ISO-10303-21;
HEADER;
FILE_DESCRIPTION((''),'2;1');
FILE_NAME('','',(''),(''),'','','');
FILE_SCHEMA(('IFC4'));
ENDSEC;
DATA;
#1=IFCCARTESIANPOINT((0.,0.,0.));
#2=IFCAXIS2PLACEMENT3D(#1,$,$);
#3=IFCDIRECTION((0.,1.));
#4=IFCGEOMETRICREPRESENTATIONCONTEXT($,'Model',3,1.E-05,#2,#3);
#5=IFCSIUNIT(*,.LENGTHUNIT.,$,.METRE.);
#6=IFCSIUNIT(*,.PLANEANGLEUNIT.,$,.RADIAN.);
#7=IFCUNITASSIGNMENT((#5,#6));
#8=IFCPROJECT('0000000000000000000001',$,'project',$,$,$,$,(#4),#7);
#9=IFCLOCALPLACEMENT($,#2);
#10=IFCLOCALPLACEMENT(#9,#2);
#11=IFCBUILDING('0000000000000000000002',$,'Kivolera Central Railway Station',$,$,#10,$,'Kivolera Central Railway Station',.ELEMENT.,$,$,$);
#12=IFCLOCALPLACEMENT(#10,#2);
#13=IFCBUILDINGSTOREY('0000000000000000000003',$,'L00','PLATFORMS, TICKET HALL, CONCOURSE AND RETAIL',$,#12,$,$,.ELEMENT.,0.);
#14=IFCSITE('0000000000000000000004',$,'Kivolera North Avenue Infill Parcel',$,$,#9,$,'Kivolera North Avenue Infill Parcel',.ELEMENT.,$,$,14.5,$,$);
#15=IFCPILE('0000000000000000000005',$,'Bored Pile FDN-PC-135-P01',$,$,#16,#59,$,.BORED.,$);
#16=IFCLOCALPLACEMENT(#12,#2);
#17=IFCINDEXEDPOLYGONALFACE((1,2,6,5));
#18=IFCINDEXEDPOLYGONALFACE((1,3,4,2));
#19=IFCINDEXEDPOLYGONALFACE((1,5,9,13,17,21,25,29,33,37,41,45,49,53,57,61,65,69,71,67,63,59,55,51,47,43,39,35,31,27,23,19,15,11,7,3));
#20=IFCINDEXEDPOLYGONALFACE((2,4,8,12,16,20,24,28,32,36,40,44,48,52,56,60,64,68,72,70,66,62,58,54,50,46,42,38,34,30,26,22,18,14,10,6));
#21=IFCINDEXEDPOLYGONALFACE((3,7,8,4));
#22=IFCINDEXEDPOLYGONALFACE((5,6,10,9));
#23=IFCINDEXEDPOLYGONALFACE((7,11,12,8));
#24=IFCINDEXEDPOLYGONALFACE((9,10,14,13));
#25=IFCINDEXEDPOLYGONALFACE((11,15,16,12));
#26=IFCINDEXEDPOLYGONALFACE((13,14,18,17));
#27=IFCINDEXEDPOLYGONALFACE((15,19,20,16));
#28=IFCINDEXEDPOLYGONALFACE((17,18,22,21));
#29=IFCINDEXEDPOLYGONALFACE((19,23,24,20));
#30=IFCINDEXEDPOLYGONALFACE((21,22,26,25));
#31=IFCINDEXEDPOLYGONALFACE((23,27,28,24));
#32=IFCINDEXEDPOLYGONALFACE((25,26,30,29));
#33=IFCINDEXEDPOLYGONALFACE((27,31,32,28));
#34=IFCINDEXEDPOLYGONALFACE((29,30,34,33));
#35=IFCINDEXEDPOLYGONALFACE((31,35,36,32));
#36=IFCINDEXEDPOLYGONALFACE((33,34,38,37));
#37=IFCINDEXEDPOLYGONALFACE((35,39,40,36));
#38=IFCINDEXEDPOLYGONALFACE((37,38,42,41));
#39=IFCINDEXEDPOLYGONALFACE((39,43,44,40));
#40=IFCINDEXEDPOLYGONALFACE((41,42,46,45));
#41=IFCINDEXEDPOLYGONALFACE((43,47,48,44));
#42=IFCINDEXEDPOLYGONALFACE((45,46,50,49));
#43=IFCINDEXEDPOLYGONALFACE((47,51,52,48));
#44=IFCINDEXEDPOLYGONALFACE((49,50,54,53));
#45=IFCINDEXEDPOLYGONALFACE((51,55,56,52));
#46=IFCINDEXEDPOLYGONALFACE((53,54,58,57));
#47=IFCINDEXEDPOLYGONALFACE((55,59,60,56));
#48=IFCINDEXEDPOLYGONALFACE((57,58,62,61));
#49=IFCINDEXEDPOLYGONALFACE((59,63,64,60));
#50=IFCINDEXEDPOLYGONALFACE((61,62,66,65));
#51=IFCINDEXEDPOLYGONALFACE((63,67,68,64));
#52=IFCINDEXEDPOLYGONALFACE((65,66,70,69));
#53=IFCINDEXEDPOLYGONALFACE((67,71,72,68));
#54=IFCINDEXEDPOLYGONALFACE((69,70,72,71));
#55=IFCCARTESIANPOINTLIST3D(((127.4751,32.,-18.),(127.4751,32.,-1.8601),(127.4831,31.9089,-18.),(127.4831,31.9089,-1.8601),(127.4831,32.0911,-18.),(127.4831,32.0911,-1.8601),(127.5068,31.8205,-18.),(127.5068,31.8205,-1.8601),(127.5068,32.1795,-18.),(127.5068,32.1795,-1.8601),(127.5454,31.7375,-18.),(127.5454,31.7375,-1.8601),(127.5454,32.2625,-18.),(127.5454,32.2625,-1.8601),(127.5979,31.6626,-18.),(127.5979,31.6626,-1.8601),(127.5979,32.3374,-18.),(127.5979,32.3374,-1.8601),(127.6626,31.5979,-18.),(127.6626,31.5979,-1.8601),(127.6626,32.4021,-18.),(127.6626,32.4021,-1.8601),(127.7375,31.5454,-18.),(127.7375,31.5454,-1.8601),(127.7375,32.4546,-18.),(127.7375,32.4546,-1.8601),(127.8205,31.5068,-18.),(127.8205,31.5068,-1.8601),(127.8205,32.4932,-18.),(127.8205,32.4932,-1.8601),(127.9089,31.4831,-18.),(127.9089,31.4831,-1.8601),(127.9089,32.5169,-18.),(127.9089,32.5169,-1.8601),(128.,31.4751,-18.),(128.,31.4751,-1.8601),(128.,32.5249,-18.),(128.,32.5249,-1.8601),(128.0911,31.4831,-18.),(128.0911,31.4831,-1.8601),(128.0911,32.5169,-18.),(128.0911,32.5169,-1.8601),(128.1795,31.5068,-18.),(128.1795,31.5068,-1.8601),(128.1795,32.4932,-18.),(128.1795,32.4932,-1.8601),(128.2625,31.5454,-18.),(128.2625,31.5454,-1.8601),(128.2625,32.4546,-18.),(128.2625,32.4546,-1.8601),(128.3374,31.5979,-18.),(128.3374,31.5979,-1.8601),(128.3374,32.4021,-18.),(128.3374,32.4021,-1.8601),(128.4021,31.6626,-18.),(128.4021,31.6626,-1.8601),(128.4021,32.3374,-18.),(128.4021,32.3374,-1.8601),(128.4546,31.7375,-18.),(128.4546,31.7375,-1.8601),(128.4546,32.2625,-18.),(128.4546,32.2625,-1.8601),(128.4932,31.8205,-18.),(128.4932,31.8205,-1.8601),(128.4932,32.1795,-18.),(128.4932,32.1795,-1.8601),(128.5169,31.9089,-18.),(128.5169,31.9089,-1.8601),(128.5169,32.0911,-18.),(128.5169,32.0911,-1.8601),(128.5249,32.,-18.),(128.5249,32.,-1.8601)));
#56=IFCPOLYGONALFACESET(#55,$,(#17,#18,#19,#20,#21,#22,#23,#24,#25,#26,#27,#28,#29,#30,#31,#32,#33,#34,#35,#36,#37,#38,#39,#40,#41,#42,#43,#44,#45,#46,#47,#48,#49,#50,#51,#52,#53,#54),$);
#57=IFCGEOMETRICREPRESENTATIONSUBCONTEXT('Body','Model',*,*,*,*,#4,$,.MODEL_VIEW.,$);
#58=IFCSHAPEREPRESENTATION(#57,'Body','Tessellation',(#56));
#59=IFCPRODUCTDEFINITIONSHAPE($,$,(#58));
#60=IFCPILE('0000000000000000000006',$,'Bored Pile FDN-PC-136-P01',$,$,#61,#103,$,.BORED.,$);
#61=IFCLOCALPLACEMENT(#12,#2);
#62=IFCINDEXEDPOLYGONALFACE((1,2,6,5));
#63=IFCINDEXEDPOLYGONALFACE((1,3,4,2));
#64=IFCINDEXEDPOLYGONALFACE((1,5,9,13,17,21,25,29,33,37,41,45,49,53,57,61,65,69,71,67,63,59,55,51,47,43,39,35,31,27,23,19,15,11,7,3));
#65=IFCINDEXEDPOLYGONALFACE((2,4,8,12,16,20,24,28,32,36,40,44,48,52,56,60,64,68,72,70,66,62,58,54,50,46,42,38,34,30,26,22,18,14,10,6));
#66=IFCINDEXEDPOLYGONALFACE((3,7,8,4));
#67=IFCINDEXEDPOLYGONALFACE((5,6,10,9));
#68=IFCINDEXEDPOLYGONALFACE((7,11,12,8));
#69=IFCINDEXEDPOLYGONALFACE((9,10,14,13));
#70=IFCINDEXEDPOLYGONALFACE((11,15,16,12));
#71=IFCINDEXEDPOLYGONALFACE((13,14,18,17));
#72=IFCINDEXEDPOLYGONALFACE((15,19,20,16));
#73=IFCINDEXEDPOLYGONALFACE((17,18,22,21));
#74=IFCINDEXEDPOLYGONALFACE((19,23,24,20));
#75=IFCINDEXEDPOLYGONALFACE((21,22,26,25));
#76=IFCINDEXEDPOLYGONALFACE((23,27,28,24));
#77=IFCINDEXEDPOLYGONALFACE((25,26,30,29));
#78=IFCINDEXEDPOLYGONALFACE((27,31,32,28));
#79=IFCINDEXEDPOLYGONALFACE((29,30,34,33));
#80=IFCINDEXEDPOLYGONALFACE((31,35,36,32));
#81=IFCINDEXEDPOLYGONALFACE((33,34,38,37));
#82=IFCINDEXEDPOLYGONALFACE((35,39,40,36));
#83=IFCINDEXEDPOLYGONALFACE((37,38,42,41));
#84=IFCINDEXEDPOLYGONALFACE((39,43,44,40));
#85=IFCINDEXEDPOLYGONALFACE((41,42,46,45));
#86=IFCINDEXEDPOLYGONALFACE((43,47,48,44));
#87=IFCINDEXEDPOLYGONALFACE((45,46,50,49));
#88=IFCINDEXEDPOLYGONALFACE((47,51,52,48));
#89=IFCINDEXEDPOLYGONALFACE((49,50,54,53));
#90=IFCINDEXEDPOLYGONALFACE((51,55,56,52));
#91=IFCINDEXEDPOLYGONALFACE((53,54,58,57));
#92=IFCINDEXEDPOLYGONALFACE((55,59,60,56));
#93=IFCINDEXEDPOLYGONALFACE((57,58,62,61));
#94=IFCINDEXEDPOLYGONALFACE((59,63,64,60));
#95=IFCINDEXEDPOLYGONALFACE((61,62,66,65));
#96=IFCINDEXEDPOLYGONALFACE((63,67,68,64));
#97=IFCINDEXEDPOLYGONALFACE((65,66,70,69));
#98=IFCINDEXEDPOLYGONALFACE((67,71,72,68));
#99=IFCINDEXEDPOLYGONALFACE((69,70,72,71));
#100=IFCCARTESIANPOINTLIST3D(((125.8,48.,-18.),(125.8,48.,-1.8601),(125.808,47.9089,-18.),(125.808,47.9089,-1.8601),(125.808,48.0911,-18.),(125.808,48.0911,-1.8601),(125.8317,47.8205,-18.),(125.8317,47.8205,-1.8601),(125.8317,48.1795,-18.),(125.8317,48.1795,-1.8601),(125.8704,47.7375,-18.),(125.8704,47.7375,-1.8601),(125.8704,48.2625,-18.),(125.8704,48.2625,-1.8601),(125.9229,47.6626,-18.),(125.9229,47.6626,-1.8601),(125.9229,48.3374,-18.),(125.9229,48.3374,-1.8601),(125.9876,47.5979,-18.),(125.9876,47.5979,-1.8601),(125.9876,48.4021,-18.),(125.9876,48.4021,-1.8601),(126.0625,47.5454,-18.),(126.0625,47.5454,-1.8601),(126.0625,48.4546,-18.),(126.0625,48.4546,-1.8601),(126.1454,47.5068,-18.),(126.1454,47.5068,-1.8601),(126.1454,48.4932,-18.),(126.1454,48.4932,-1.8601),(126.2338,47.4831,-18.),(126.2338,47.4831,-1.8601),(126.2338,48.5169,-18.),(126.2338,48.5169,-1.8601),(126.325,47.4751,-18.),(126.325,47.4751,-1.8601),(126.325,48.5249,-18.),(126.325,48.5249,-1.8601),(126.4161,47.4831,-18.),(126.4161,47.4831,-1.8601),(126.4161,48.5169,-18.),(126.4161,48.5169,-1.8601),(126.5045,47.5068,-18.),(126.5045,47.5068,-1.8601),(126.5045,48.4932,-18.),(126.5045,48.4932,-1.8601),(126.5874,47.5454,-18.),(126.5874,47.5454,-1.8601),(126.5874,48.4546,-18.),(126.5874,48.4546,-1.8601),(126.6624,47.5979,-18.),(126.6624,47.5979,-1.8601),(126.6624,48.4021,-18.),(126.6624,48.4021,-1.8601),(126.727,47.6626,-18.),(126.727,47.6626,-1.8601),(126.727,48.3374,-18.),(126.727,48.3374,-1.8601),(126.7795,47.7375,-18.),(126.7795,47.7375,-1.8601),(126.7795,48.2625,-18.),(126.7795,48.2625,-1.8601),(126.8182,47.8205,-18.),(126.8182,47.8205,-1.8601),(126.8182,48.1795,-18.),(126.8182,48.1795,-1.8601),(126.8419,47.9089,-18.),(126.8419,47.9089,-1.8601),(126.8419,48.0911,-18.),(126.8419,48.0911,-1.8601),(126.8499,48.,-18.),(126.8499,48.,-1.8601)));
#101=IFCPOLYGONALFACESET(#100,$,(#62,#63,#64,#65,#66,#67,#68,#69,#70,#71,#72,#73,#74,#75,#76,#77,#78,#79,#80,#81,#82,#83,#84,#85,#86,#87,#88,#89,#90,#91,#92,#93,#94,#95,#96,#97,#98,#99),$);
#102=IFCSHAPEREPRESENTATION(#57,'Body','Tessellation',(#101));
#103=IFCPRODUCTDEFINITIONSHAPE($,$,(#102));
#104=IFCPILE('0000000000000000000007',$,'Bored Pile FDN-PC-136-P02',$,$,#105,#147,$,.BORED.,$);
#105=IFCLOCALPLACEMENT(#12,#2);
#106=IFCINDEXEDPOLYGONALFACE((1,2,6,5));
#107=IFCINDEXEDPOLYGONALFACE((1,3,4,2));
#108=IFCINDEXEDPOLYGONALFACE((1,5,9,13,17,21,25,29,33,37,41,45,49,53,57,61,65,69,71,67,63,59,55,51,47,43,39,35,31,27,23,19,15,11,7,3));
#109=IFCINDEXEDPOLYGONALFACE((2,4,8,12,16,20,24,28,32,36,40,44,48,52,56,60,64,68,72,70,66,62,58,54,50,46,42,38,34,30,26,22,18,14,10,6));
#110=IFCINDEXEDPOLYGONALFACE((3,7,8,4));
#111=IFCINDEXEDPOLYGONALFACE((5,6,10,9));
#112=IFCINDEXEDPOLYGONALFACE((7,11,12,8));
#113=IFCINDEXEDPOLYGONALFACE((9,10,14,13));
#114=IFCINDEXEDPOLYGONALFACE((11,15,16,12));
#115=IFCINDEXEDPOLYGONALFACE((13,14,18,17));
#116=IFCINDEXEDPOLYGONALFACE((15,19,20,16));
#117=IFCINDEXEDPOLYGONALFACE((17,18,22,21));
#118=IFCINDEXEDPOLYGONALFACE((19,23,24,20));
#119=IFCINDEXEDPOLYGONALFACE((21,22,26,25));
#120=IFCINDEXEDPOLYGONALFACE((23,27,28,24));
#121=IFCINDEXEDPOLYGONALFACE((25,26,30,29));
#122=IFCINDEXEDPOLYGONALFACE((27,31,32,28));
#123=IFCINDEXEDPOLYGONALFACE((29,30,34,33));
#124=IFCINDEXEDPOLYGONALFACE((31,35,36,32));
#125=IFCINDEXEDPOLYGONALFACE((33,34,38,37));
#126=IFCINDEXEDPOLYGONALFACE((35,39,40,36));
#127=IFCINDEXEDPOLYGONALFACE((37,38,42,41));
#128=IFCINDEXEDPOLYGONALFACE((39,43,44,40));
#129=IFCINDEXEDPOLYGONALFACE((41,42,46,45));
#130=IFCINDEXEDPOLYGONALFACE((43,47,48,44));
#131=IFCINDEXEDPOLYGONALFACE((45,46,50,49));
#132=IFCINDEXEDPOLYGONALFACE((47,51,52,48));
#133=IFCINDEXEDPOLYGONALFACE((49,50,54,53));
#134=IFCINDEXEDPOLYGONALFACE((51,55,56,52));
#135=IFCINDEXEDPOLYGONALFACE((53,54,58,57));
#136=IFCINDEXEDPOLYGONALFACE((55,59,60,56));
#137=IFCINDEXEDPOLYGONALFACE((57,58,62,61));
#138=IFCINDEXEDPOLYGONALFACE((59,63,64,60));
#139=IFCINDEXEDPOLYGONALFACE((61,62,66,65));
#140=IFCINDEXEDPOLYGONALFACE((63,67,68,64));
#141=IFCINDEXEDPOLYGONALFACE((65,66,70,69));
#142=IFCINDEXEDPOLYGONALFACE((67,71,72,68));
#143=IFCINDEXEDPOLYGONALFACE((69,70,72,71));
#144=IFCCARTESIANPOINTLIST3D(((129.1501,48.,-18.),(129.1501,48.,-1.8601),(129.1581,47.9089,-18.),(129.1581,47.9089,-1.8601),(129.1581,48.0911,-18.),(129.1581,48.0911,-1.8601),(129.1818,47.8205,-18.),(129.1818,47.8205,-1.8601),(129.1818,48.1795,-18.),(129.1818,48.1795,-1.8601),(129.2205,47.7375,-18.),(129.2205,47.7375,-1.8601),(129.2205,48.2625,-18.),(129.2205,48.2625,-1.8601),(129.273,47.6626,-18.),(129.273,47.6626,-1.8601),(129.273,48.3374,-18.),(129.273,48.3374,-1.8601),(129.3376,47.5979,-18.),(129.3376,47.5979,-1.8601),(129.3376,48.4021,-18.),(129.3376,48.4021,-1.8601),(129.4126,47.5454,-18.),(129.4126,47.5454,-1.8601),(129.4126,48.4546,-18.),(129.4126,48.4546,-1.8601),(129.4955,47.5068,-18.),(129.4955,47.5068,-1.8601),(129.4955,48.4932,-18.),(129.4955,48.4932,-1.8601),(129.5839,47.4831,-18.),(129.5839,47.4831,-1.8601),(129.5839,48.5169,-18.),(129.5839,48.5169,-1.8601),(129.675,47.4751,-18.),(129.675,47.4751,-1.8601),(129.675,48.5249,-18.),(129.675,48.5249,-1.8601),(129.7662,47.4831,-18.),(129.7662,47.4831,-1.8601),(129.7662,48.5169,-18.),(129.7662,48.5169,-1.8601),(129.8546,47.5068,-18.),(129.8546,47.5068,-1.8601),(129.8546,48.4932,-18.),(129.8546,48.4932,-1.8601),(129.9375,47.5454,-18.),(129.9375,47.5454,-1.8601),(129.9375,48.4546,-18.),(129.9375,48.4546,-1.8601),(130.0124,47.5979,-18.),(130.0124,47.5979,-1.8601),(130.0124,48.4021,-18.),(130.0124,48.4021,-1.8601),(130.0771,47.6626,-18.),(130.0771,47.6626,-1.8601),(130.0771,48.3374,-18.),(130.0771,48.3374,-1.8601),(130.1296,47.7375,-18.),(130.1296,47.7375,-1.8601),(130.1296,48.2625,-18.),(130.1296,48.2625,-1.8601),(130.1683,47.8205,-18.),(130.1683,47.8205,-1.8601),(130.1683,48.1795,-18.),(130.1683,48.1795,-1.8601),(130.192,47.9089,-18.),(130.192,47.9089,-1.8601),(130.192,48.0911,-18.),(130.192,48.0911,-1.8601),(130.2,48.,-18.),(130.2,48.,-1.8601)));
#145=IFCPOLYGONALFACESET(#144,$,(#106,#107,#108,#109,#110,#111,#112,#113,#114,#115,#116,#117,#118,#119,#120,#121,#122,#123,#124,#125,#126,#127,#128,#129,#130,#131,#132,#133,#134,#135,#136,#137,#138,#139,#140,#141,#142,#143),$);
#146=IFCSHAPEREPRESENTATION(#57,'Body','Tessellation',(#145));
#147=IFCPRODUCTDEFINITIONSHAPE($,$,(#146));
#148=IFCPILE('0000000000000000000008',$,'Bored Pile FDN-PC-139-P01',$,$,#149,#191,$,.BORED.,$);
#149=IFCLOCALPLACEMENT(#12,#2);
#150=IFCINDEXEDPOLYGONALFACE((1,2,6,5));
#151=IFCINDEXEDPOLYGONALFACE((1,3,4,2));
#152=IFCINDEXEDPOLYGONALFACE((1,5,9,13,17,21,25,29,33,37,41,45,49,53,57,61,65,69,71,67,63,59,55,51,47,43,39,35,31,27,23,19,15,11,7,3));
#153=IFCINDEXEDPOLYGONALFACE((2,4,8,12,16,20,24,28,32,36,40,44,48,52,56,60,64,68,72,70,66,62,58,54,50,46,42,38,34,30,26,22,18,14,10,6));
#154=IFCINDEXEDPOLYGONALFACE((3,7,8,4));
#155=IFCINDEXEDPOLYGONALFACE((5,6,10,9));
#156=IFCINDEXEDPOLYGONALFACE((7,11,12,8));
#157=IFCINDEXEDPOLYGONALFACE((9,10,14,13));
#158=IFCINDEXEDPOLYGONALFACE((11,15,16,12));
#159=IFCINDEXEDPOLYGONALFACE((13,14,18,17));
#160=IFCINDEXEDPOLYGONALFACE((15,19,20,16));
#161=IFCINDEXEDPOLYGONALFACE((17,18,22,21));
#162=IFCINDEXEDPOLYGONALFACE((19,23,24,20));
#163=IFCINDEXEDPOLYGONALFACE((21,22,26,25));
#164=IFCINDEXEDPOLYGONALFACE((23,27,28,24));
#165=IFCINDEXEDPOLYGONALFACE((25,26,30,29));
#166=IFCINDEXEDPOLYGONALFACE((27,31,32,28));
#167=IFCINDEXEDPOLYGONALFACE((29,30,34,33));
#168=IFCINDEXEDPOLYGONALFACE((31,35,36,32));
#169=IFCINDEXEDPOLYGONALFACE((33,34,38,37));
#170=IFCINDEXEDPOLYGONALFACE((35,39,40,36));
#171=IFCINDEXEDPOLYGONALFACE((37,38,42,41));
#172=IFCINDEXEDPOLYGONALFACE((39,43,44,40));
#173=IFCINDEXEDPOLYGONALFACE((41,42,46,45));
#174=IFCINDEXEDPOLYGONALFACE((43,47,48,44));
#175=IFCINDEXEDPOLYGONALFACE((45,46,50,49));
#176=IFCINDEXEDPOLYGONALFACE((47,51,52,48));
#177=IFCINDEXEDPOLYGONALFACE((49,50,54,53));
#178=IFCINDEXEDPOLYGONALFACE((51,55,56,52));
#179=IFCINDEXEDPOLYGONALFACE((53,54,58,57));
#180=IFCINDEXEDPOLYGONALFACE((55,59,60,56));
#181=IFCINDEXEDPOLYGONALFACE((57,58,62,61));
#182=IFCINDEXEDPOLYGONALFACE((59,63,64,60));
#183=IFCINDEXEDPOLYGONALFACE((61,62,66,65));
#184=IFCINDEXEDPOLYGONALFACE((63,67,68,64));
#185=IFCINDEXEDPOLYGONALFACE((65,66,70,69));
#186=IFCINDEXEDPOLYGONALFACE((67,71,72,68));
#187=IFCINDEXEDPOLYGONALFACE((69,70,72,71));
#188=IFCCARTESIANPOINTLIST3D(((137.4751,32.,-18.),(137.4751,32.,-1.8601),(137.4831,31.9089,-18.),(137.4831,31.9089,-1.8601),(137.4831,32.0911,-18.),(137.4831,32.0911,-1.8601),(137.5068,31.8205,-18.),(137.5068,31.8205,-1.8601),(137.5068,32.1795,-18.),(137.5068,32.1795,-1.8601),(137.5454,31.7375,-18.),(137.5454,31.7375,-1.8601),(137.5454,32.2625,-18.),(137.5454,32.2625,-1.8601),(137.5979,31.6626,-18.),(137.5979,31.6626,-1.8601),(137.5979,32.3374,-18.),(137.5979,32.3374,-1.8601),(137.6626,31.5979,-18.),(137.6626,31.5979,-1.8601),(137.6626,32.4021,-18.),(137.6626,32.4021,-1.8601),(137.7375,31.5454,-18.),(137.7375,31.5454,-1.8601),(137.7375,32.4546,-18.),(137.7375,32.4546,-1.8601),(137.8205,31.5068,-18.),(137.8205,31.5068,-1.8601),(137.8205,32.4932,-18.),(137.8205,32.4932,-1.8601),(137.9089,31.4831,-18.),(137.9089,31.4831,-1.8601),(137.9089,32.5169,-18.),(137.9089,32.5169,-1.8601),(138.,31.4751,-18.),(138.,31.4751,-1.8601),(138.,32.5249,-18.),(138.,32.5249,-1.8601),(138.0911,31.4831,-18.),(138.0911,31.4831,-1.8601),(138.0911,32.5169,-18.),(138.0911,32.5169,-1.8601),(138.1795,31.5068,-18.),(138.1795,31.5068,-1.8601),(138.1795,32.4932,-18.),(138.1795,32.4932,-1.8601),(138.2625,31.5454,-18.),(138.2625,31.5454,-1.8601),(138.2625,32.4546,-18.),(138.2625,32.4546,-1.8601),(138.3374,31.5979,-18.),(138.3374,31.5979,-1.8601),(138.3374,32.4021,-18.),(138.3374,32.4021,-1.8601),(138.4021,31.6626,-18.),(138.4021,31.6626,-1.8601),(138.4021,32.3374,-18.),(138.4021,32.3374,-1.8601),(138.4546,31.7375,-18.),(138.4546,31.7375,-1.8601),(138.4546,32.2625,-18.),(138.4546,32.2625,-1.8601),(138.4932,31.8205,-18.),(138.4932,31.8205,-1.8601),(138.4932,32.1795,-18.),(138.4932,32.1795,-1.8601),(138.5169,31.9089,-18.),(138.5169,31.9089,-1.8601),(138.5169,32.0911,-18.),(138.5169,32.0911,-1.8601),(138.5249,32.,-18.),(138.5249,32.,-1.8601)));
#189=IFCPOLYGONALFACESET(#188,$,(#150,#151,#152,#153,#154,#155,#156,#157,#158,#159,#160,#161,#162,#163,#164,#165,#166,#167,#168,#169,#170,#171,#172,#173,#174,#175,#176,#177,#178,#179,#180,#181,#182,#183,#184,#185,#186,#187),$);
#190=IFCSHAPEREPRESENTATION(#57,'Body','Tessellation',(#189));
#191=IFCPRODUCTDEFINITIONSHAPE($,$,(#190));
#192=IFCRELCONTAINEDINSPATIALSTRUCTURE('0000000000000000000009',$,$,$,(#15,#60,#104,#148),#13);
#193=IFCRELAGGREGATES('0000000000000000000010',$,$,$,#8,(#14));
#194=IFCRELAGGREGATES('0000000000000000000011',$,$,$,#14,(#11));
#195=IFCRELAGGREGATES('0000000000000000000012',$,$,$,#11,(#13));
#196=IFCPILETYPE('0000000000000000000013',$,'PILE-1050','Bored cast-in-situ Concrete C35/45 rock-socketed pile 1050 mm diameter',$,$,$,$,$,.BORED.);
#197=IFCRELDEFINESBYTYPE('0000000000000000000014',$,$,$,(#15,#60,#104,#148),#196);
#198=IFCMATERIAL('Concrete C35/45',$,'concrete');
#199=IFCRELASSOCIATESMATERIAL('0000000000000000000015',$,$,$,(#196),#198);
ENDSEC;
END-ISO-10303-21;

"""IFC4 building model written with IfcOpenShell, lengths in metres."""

from ifc_helpers import new_model, si_unit, direction, frame, origin, origin_2d, place, context, subcontext, project, spatial, circle, extrude, material, material_profile, profile_set, type_object, element, save


model = new_model("IFC4")

# Units and contexts
model_context = context("Model", 3, precision=1e-05, world=origin(), true_north=direction((0.0, 1.0)))
body_context = subcontext(model_context, "Body", "Model", "MODEL_VIEW")
ifc_project = project(units=[si_unit("LENGTHUNIT", "METRE"), si_unit("PLANEANGLEUNIT", "RADIAN")], contexts=[model_context])

# Site, building, storey
site_placement = place(None, origin())
site = spatial("IfcSite", under=ifc_project, at=site_placement, Name="Kivolera North Avenue Infill Parcel", LongName="Kivolera North Avenue Infill Parcel", CompositionType="ELEMENT", RefElevation=14.5)
building_placement = place(site_placement, origin())
building = spatial("IfcBuilding", under=site, at=building_placement, Name="Kivolera Central Railway Station", LongName="Kivolera Central Railway Station", CompositionType="ELEMENT")
storey_placement = place(building_placement, origin())
storey = spatial("IfcBuildingStorey", under=building, at=storey_placement, Name="L00", Description="PLATFORMS, TICKET HALL, CONCOURSE AND RETAIL", CompositionType="ELEMENT", Elevation=0.0)

# Shared definitions
ifc_material_1 = material(Name="Concrete C35/45", Category="concrete")

# Piles
ifc_material_profile_1 = material_profile(ifc_material_1, circle(Radius=0.5249, at=origin_2d()), Name="PILE D1050")
ifc_profile_set_1 = profile_set([ifc_material_profile_1], Name="Concrete C35/45")
pile_type = type_object("IfcPileType", Name="PILE-1050", Description="Bored cast-in-situ Concrete C35/45 rock-socketed pile 1050 mm diameter", PredefinedType="BORED", material=ifc_profile_set_1)
for number, where, z_axis, x_axis, name in (
    (1, (128.0, 32.0, -1.8601), (0.0, 0.0, -1.0), (1.0, 0.0, 0.0), "Bored Pile FDN-PC-135-P01"),
    (2, (126.325, 48.0, -1.8601), (0.0, 0.0, -1.0), (1.0, 0.0, 0.0), "Bored Pile FDN-PC-136-P01"),
    (3, (129.675, 48.0, -1.8601), (0.0, 0.0, -1.0), (1.0, 0.0, 0.0), "Bored Pile FDN-PC-136-P02"),
    (4, (138.0, 32.0, -1.8601), (0.0, 0.0, -1.0), (1.0, 0.0, 0.0), "Bored Pile FDN-PC-139-P01"),
):
    element("IfcPile", number, at=place(storey_placement, frame(where, z_axis=z_axis, x_axis=x_axis)), inside=storey, type_object=pile_type, Name=name, PredefinedType="BORED", context=body_context, shape_type="SweptSolid", body=[
        extrude(circle(Radius=0.5249, at=origin_2d()), origin(), (0.0, 0.0, 1.0), 16.1399),
    ])

save(model, "model.ifc")
